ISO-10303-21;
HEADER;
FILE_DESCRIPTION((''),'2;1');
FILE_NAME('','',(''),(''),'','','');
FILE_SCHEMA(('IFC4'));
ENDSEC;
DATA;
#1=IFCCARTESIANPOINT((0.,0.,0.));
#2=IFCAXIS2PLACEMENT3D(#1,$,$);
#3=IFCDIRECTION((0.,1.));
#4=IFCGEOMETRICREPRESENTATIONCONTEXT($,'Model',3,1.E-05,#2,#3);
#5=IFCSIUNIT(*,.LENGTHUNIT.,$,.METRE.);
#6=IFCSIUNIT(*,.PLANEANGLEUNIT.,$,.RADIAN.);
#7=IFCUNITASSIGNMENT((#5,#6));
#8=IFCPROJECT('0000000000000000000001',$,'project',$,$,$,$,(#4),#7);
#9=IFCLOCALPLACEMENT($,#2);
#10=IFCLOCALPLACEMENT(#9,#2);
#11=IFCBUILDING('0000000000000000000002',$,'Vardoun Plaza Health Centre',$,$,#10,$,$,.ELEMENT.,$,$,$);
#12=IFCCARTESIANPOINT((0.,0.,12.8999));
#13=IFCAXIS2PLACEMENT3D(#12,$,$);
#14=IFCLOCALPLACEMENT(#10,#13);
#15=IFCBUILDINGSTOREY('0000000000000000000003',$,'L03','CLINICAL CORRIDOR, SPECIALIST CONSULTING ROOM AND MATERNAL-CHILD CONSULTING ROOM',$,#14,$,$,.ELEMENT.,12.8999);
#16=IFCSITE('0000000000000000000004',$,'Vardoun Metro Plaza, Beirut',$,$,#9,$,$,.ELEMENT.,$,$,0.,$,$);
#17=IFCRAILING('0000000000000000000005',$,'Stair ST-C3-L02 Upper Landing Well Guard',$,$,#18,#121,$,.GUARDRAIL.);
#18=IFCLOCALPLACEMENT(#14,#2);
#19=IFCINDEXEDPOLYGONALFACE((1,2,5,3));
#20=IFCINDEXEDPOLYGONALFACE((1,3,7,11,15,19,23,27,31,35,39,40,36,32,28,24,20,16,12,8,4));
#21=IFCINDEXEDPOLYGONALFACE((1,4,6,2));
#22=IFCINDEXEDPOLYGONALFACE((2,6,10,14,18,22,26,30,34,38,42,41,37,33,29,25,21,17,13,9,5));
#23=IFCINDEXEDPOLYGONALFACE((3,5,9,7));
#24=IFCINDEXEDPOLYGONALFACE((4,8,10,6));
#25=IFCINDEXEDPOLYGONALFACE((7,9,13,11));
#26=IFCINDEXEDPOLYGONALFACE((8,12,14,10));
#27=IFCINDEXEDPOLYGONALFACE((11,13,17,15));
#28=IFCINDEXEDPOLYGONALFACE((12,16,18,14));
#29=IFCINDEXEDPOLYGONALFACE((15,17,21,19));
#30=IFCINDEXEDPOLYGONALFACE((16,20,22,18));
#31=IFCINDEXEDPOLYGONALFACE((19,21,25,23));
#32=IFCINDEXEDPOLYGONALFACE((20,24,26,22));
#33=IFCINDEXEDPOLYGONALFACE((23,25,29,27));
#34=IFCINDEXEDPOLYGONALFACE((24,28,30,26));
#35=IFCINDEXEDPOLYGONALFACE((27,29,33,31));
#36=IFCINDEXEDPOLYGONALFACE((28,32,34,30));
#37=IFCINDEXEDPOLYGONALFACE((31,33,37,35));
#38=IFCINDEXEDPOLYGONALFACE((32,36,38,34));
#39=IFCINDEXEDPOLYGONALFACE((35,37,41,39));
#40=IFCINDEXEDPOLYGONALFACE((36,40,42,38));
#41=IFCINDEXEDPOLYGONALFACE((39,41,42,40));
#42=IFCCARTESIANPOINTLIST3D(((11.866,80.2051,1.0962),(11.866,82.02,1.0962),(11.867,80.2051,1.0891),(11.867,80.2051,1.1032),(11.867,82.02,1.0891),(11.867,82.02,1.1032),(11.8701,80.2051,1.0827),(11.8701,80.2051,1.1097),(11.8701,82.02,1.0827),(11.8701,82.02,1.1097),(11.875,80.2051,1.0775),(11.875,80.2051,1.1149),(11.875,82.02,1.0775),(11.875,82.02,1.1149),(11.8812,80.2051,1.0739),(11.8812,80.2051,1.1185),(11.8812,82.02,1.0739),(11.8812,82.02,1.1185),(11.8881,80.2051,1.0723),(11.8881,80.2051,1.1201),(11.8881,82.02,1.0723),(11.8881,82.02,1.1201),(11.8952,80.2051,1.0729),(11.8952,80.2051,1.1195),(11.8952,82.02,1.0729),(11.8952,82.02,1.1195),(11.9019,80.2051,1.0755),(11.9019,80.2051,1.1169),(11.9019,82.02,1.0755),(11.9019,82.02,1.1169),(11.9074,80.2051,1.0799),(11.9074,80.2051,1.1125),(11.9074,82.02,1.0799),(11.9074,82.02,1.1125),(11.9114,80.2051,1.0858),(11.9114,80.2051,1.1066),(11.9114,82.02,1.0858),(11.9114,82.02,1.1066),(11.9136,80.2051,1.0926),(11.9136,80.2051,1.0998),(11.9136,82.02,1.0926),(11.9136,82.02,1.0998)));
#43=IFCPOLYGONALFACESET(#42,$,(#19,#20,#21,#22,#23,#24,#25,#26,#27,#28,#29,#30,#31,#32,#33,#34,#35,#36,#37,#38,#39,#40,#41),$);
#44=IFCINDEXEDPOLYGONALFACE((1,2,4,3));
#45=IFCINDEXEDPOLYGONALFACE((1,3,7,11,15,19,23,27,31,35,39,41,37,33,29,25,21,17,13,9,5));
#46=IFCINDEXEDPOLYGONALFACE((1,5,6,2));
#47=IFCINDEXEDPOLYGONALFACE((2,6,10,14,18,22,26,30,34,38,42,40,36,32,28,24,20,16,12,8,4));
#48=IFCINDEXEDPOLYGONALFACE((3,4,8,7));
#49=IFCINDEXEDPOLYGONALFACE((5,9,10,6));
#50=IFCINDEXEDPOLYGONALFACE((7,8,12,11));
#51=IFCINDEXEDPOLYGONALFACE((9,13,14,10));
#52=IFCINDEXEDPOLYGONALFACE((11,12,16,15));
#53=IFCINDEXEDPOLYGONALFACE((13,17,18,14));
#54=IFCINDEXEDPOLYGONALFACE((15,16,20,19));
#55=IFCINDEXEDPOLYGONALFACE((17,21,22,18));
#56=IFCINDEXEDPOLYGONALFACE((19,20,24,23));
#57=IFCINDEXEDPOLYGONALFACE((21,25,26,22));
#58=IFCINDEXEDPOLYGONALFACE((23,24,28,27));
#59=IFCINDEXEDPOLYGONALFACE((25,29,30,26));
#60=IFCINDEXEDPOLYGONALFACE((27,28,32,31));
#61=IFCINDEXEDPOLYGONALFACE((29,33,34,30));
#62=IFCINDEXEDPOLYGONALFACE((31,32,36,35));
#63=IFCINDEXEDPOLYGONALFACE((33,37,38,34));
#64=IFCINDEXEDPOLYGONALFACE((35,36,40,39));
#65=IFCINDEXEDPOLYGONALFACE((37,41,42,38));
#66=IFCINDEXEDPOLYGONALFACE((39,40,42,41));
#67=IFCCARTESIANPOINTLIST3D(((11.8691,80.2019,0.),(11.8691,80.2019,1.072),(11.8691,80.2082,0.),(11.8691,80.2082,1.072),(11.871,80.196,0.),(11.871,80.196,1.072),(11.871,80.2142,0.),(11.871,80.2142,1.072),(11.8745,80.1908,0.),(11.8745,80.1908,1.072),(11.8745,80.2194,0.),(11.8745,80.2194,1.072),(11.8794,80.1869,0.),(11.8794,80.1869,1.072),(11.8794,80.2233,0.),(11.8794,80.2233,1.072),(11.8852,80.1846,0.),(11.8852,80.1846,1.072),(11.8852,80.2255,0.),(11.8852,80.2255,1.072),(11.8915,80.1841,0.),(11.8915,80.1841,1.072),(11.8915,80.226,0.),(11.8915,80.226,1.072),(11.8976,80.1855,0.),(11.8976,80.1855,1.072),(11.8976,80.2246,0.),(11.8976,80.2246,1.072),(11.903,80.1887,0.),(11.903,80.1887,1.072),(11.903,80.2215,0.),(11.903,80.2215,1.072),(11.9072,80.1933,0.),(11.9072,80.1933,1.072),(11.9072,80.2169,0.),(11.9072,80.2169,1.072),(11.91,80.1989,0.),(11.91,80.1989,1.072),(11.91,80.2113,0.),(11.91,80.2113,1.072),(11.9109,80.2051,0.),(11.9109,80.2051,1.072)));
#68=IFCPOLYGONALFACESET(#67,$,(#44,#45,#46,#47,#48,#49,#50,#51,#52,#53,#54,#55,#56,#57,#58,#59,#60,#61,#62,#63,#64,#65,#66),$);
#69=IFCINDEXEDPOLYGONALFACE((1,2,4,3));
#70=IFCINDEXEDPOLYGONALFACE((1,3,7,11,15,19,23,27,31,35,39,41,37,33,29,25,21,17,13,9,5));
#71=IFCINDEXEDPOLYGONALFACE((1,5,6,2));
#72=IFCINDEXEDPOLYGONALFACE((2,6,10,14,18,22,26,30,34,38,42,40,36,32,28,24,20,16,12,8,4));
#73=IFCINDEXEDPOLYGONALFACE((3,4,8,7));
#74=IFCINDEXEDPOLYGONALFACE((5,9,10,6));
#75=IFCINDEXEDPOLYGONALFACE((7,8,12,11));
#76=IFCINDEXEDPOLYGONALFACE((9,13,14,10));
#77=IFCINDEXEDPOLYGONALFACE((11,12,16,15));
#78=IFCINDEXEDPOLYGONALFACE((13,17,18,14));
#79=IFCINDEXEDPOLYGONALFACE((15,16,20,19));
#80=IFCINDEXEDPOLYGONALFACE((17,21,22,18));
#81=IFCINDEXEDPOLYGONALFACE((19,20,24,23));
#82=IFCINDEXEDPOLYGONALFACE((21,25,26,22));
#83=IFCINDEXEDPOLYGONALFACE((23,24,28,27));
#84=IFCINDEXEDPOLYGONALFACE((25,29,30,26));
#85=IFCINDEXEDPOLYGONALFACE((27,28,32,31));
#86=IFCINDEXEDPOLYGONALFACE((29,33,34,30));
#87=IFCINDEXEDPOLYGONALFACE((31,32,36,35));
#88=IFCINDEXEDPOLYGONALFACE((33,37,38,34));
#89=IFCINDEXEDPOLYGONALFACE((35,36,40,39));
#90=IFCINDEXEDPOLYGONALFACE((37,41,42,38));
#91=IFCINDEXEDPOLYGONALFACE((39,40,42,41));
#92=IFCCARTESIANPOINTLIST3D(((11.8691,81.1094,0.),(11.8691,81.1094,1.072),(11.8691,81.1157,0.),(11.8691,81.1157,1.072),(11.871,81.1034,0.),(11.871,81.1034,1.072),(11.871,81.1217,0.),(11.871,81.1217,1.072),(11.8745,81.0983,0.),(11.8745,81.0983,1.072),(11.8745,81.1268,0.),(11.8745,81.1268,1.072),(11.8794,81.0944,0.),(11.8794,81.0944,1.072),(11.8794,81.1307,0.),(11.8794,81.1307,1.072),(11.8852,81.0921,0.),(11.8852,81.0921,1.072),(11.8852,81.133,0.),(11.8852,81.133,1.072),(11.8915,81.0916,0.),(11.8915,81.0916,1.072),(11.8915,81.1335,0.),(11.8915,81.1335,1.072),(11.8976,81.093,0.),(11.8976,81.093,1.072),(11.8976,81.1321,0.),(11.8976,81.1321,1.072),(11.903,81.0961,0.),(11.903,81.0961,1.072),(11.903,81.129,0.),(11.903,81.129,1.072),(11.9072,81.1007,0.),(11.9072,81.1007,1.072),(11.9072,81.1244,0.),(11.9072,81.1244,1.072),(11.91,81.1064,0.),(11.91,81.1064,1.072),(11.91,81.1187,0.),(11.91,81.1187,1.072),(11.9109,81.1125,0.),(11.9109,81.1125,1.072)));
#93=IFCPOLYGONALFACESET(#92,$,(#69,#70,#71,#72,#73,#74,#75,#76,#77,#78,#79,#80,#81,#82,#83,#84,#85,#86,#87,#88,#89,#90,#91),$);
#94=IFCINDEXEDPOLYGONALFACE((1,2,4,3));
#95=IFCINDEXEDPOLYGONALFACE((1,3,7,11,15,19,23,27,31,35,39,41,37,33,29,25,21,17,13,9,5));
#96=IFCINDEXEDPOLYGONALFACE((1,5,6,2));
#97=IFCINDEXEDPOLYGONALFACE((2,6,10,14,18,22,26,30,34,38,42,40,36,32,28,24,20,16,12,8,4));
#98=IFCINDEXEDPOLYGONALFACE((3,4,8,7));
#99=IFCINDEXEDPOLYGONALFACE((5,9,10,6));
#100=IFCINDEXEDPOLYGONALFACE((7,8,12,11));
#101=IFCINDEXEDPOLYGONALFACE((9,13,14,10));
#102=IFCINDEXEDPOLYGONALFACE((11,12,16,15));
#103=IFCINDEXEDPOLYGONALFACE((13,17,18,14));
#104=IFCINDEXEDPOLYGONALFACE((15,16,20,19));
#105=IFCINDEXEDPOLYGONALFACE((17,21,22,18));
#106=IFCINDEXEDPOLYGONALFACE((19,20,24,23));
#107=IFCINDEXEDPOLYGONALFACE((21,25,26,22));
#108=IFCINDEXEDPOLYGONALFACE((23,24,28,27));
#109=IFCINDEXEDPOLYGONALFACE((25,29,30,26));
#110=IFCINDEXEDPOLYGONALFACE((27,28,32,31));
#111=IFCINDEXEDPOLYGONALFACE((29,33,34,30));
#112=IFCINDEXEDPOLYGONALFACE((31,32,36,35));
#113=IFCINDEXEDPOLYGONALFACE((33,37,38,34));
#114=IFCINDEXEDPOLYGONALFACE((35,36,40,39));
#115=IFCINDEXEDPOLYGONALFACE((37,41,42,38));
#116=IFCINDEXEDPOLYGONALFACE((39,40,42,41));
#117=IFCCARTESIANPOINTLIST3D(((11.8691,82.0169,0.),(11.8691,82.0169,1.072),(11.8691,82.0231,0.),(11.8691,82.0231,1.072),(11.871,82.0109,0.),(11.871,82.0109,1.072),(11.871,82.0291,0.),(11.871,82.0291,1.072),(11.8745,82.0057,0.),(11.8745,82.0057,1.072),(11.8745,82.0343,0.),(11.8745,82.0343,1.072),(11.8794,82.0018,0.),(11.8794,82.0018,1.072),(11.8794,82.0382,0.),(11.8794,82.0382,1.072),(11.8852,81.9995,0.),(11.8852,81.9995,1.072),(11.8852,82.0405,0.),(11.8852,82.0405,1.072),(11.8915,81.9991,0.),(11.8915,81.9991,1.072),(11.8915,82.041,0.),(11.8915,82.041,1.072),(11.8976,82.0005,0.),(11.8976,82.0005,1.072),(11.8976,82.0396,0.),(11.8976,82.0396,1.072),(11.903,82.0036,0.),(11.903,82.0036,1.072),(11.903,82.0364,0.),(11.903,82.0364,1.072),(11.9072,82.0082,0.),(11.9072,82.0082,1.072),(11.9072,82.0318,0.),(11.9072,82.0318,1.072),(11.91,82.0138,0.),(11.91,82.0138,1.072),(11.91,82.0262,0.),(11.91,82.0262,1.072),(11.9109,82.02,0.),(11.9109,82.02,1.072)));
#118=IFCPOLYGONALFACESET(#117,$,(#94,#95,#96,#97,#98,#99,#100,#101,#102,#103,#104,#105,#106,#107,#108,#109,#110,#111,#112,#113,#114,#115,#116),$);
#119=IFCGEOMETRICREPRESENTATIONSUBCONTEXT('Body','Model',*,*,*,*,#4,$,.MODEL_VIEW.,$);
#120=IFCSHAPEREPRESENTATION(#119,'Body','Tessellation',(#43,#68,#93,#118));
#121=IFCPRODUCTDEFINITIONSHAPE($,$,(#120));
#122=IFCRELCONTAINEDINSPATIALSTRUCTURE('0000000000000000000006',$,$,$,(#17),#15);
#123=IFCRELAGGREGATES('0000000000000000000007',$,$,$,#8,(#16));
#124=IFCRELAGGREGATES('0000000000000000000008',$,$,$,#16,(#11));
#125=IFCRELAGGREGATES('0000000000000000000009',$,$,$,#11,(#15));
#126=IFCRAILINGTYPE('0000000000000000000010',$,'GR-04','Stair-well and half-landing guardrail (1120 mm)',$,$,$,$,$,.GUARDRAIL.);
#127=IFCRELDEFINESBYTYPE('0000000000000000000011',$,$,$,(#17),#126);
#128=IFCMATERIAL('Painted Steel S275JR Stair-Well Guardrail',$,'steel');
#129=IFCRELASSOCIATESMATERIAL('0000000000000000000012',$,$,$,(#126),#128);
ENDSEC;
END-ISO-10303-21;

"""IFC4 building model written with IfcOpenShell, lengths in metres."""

from ifc_helpers import new_model, si_unit, direction, frame, origin, origin_2d, place, context, subcontext, project, spatial, circle, extrude, material, type_object, element, save


model = new_model("IFC4")

# Units and contexts
model_context = context("Model", 3, precision=1e-05, world=origin(), true_north=direction((0.0, 1.0)))
body_context = subcontext(model_context, "Body", "Model", "MODEL_VIEW")
ifc_project = project(units=[si_unit("LENGTHUNIT", "METRE"), si_unit("PLANEANGLEUNIT", "RADIAN")], contexts=[model_context])

# Site, building, storey
site_placement = place(None, origin())
site = spatial("IfcSite", under=ifc_project, at=site_placement, Name="Vardoun Metro Plaza, Beirut", CompositionType="ELEMENT", RefElevation=0.0)
building_placement = place(site_placement, origin())
building = spatial("IfcBuilding", under=site, at=building_placement, Name="Vardoun Plaza Health Centre", CompositionType="ELEMENT")
storey_placement = place(building_placement, frame((0.0, 0.0, 12.8999)))
storey = spatial("IfcBuildingStorey", under=building, at=storey_placement, Name="L03", Description="CLINICAL CORRIDOR, SPECIALIST CONSULTING ROOM AND MATERNAL-CHILD CONSULTING ROOM", CompositionType="ELEMENT", Elevation=12.8999)

# Railing
ifc_material_1 = material(Name="Painted Steel S275JR Stair-Well Guardrail", Category="steel")
railing_type = type_object("IfcRailingType", Name="GR-04", Description="Stair-well and half-landing guardrail (1120 mm)", PredefinedType="GUARDRAIL", material=ifc_material_1)
railing_placement = place(storey_placement, frame((11.8899, 80.2051, 0.0)))
element("IfcRailing", 1, at=railing_placement, inside=storey, type_object=railing_type, Name="Stair ST-C3-L02 Upper Landing Well Guard", PredefinedType="GUARDRAIL", context=body_context, shape_type="SweptSolid", body=[
    extrude(circle(Radius=0.0239, at=origin_2d()), frame((0.0, 0.0, 1.0962), z_axis=(0.0, 1.0, 0.0), x_axis=(-1.0, 0.0, 0.0)), (0.0, 0.0, 1.0), 1.8149),
    extrude(circle(Radius=0.021, at=origin_2d()), origin(), (0.0, 0.0, 1.0), 1.072),
    extrude(circle(Radius=0.021, at=origin_2d()), frame((0.0, 0.9075, 0.0)), (0.0, 0.0, 1.0), 1.072),
    extrude(circle(Radius=0.021, at=origin_2d()), frame((0.0, 1.8149, 0.0)), (0.0, 0.0, 1.0), 1.072),
])

save(model, "model.ifc")
